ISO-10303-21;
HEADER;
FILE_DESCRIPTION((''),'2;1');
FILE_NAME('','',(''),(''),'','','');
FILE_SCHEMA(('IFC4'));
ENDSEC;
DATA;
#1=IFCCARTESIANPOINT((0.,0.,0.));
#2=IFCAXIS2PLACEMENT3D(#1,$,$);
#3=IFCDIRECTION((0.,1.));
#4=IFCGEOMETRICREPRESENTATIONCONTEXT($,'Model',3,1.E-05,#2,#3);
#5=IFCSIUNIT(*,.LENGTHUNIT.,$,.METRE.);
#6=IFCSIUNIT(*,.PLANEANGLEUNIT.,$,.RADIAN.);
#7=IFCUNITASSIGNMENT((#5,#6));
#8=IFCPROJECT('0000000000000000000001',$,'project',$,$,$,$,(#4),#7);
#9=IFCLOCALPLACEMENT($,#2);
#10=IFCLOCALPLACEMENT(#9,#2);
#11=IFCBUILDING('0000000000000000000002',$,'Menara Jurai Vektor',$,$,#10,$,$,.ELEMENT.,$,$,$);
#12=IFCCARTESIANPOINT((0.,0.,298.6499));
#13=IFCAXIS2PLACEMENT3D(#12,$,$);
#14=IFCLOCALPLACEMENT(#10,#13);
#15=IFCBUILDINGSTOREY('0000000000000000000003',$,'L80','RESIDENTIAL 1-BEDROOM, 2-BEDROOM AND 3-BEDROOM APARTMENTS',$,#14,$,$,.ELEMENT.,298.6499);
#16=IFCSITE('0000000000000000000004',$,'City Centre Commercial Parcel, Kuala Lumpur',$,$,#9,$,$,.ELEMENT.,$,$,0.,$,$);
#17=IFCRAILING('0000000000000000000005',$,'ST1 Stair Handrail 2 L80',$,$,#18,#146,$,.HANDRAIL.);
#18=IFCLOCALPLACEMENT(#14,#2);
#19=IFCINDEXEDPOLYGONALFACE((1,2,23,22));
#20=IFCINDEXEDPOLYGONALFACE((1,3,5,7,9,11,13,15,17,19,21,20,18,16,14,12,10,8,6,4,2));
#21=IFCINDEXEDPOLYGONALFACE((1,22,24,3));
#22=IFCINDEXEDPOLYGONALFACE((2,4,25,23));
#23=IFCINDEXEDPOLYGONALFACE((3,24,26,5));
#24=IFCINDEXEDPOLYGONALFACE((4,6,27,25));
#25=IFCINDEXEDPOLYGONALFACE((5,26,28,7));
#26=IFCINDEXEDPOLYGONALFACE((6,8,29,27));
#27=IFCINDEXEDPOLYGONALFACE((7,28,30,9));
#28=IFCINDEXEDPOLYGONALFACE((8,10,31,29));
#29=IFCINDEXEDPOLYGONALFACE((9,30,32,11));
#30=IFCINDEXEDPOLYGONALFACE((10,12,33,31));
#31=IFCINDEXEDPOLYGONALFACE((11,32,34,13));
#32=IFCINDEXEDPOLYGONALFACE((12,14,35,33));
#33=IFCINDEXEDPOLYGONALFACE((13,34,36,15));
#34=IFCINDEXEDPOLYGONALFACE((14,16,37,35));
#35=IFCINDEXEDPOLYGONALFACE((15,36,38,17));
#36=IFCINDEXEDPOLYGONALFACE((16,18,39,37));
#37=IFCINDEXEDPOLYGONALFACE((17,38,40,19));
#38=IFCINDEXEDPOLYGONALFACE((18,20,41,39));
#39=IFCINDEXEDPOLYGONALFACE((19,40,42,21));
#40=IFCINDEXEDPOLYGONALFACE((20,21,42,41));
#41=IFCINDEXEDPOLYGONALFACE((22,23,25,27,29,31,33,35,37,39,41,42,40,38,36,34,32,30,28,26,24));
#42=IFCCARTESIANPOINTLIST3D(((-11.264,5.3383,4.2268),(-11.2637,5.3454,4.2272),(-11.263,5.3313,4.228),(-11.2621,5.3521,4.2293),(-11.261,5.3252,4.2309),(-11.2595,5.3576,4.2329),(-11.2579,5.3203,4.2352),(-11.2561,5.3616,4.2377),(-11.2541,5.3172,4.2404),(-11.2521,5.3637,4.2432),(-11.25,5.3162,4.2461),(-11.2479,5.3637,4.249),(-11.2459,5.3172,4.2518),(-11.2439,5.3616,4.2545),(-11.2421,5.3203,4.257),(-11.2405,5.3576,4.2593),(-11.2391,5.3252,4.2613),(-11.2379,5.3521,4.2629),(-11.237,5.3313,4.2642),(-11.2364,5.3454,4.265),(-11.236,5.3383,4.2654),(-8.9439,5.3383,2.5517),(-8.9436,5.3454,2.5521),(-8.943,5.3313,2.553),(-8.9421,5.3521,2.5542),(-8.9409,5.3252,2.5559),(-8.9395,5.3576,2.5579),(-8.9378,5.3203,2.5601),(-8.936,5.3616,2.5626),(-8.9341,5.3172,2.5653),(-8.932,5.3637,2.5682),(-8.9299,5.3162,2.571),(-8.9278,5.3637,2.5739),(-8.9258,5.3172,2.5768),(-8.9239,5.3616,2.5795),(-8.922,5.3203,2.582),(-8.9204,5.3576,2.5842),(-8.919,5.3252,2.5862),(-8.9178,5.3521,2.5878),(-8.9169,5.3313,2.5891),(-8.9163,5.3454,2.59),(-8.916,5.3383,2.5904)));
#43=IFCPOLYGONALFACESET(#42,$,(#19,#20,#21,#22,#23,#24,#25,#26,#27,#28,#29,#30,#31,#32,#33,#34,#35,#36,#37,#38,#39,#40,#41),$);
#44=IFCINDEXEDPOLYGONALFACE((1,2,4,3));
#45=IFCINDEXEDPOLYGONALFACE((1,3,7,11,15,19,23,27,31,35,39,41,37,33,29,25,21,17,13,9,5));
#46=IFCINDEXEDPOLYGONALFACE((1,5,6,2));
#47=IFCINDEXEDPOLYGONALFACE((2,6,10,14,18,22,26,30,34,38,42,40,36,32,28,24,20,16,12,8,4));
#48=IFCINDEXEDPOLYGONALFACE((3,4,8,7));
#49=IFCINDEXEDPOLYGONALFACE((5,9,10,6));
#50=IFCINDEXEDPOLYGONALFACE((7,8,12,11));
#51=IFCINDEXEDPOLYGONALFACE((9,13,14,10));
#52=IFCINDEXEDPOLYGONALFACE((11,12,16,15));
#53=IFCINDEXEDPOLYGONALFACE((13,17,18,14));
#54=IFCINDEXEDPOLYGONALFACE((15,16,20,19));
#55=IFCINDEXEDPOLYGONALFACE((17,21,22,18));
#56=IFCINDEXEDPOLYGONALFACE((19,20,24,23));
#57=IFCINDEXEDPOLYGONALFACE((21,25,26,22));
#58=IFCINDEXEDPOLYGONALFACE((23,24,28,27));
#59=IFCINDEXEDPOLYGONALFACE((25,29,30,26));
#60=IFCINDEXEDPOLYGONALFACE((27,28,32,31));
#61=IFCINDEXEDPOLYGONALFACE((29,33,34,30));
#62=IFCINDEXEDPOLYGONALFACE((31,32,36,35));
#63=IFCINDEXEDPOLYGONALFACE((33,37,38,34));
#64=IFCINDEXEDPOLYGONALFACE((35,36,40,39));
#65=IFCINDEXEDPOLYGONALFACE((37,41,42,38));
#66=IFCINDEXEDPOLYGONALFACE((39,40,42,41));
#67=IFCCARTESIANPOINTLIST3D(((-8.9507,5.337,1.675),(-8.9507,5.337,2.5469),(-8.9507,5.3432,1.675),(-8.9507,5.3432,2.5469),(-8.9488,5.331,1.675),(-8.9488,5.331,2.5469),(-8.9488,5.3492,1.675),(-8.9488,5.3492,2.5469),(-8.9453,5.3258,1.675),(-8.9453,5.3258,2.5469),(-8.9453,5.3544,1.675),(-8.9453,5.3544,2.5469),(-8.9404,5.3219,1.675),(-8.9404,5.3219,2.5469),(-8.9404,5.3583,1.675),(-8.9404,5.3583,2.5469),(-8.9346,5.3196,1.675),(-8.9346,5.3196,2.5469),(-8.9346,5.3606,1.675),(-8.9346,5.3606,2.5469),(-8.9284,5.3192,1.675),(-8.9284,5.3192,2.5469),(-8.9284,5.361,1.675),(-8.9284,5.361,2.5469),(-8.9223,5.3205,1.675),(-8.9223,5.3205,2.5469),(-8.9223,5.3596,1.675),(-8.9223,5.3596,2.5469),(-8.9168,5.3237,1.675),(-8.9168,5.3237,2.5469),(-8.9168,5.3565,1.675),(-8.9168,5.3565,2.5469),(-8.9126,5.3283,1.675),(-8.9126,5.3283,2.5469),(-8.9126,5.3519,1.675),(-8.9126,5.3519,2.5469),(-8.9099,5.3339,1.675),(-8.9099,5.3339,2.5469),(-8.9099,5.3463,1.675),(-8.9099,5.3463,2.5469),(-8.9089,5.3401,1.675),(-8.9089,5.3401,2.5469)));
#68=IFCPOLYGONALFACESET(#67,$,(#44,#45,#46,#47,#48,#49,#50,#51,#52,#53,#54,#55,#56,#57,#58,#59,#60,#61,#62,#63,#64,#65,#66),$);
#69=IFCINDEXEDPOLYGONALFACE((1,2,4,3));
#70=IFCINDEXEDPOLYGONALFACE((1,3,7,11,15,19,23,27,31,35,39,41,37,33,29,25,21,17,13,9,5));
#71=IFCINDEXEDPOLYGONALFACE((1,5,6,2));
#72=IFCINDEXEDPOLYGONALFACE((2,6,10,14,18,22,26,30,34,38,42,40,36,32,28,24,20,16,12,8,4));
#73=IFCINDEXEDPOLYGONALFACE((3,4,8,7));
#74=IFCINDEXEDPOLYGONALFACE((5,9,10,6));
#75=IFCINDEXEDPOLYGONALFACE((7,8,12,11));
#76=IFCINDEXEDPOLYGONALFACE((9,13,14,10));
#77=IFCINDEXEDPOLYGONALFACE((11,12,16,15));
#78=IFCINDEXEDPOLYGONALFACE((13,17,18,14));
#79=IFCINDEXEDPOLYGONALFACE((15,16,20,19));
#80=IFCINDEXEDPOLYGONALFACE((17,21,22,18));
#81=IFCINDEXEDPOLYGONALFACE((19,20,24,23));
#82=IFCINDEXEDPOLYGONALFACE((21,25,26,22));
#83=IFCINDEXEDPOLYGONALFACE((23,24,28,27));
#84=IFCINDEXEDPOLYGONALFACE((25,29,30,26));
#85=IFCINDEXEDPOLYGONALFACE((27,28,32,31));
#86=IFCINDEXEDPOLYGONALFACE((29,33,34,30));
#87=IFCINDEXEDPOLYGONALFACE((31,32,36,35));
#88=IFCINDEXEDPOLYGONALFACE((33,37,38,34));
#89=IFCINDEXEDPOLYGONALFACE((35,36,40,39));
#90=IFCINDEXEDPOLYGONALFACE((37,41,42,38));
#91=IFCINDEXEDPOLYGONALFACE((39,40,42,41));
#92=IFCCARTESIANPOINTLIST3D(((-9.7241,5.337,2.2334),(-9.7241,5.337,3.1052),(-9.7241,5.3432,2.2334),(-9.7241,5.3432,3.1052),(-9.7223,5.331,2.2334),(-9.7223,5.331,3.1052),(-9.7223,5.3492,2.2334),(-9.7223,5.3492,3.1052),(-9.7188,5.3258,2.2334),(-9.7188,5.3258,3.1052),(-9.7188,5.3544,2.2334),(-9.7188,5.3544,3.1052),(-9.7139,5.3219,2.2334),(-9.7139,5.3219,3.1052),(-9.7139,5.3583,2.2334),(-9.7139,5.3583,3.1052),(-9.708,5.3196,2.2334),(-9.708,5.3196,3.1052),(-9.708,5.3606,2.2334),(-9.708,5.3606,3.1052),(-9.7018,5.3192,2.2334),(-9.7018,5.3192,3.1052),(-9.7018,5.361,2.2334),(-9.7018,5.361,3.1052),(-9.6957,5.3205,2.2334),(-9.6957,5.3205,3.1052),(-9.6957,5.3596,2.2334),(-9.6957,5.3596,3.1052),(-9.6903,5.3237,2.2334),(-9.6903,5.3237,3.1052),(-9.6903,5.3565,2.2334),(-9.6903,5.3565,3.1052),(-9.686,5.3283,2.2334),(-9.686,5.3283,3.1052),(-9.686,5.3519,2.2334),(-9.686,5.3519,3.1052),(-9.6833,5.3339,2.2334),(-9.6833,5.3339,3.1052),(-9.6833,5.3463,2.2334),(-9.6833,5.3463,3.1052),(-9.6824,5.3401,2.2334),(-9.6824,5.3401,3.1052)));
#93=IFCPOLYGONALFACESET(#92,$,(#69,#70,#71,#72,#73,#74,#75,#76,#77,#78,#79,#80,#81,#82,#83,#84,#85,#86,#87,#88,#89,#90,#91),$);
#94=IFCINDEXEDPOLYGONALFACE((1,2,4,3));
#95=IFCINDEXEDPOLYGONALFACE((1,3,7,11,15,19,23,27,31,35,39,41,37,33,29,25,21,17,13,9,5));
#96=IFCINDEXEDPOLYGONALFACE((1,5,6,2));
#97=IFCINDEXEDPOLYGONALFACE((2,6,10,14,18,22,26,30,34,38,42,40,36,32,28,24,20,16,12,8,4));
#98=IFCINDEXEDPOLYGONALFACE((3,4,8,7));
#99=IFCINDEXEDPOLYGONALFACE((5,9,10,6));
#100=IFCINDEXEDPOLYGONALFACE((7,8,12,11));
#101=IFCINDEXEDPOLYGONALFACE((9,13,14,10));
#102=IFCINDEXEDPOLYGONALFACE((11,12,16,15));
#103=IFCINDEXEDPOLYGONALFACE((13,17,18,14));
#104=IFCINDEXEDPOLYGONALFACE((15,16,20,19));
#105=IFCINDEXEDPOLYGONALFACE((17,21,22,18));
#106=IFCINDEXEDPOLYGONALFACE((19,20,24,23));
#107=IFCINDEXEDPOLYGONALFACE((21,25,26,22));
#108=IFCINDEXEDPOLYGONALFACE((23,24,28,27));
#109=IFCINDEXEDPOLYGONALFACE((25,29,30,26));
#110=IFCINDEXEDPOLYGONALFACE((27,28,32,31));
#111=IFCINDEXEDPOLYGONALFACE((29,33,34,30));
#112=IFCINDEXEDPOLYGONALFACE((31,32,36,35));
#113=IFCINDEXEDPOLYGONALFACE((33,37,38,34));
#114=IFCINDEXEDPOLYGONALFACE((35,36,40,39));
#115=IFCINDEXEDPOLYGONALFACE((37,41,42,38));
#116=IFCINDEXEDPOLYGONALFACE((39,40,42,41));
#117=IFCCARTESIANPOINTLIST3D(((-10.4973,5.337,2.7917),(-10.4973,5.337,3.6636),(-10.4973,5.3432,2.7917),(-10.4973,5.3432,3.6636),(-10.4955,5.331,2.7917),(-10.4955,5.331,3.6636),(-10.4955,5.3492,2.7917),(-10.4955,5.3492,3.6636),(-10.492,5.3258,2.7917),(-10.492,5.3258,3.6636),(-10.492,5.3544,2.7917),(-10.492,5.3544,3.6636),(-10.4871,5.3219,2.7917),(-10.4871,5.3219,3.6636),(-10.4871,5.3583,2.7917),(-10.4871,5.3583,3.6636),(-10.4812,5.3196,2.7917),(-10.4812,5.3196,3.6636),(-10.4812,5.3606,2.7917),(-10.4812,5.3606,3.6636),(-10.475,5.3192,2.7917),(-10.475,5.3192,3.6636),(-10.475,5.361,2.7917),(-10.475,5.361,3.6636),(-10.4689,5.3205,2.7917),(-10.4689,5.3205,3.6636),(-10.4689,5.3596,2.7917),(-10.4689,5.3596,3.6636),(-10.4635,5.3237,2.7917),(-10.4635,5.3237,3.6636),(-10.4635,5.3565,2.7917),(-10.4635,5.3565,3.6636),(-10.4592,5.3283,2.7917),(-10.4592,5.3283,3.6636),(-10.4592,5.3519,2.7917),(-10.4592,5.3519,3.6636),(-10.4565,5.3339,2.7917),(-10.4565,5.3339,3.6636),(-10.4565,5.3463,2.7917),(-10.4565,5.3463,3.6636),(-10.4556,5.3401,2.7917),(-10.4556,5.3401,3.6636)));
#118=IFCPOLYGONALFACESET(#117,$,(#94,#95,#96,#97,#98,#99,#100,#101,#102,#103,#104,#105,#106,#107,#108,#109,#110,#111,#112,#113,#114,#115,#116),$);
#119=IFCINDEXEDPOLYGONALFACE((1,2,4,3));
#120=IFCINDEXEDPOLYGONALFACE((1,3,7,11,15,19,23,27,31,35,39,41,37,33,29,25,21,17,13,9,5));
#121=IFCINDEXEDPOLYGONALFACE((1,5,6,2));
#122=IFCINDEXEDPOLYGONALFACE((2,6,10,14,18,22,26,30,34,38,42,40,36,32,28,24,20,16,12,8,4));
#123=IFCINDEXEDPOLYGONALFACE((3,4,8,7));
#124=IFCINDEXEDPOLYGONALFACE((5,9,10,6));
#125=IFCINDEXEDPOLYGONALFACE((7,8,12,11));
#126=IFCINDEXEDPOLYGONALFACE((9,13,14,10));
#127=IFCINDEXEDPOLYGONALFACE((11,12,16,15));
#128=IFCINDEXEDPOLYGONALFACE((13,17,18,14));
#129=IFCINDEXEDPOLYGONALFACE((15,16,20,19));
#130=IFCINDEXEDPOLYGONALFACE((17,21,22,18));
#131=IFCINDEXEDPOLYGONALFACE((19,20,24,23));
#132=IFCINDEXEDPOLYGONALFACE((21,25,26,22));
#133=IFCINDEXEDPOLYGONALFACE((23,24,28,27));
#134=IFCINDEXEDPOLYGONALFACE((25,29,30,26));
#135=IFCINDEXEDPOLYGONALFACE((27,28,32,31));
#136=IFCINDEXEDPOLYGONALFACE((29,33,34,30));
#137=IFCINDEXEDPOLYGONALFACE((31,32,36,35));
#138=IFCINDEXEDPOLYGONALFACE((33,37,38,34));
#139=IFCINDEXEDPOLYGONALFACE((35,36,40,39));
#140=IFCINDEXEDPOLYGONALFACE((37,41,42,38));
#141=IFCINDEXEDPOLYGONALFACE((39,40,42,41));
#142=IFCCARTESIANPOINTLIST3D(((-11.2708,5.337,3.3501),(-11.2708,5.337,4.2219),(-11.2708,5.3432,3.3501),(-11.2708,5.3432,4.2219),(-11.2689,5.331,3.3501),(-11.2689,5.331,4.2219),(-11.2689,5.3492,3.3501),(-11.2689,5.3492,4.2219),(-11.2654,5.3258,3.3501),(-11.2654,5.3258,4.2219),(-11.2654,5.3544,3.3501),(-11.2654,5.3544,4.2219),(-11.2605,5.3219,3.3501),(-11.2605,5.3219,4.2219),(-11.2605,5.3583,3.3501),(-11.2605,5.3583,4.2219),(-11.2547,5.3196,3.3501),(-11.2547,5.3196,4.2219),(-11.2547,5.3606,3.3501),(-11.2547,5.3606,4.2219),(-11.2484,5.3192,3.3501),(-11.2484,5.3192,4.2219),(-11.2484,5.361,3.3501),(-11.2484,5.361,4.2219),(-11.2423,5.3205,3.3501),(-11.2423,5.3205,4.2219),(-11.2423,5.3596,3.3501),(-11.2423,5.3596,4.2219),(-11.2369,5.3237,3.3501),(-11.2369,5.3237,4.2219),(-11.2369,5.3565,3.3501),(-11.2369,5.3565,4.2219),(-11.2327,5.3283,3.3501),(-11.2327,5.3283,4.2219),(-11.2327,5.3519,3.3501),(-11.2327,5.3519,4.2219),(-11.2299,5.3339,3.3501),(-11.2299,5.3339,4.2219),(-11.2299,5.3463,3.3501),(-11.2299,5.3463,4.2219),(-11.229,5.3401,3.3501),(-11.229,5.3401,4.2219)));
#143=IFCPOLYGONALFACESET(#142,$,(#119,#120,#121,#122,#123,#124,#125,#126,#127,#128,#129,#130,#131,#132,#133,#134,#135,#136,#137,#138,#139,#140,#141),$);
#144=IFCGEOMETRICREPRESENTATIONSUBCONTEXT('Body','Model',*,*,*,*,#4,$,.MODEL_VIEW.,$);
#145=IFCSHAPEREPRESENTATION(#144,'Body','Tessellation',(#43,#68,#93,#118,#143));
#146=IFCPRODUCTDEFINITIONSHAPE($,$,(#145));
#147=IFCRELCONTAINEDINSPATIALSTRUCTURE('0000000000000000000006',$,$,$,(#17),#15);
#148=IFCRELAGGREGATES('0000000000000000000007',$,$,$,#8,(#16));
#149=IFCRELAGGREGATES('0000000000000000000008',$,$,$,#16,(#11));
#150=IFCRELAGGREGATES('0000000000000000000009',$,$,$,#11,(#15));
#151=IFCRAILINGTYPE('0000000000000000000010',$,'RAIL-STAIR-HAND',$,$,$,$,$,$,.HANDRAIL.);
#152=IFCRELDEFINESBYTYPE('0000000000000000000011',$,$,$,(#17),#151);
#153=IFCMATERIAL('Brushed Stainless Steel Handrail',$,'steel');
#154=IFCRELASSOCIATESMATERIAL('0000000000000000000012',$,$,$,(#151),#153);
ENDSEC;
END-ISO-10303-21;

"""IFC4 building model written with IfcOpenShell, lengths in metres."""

from ifc_helpers import new_model, si_unit, direction, frame, origin, origin_2d, place, context, subcontext, project, spatial, circle, extrude, material, type_object, element, save


model = new_model("IFC4")

# Units and contexts
model_context = context("Model", 3, precision=1e-05, world=origin(), true_north=direction((0.0, 1.0)))
body_context = subcontext(model_context, "Body", "Model", "MODEL_VIEW")
ifc_project = project(units=[si_unit("LENGTHUNIT", "METRE"), si_unit("PLANEANGLEUNIT", "RADIAN")], contexts=[model_context])

# Site, building, storey
site_placement = place(None, origin())
site = spatial("IfcSite", under=ifc_project, at=site_placement, Name="City Centre Commercial Parcel, Kuala Lumpur", CompositionType="ELEMENT", RefElevation=0.0)
building_placement = place(site_placement, origin())
building = spatial("IfcBuilding", under=site, at=building_placement, Name="Menara Jurai Vektor", CompositionType="ELEMENT")
storey_placement = place(building_placement, frame((0.0, 0.0, 298.6499)))
storey = spatial("IfcBuildingStorey", under=building, at=storey_placement, Name="L80", Description="RESIDENTIAL 1-BEDROOM, 2-BEDROOM AND 3-BEDROOM APARTMENTS", CompositionType="ELEMENT", Elevation=298.6499)

# Railing
ifc_material_1 = material(Name="Brushed Stainless Steel Handrail", Category="steel")
railing_type_1 = type_object("IfcRailingType", Name="RAIL-STAIR-HAND", PredefinedType="HANDRAIL", material=ifc_material_1)
railing_1_placement = place(storey_placement, frame((-8.9299, 5.3401, 1.675)))
element("IfcRailing", 1, at=railing_1_placement, inside=storey, type_object=railing_type_1, Name="ST1 Stair Handrail 2 L80", PredefinedType="HANDRAIL", context=body_context, shape_type="SweptSolid", body=[
    extrude(circle(Radius=0.0239, at=origin_2d()), frame((0.0, 0.0, 0.896), z_axis=(-0.810771, 0.0, 0.585363), x_axis=(0.0, -1.0, 0.0)), (0.0, 0.0, 1.0), 2.8616),
    extrude(circle(Radius=0.021, at=origin_2d()), origin(), (0.0, 0.0, 1.0), 0.8718),
    extrude(circle(Radius=0.021, at=origin_2d()), frame((-0.7734, 0.0, 0.5583)), (0.0, 0.0, 1.0), 0.8718),
    extrude(circle(Radius=0.021, at=origin_2d()), frame((-1.5466, 0.0, 1.1167)), (0.0, 0.0, 1.0), 0.8718),
    extrude(circle(Radius=0.021, at=origin_2d()), frame((-2.3201, 0.0, 1.675)), (0.0, 0.0, 1.0), 0.8718),
])

save(model, "model.ifc")
